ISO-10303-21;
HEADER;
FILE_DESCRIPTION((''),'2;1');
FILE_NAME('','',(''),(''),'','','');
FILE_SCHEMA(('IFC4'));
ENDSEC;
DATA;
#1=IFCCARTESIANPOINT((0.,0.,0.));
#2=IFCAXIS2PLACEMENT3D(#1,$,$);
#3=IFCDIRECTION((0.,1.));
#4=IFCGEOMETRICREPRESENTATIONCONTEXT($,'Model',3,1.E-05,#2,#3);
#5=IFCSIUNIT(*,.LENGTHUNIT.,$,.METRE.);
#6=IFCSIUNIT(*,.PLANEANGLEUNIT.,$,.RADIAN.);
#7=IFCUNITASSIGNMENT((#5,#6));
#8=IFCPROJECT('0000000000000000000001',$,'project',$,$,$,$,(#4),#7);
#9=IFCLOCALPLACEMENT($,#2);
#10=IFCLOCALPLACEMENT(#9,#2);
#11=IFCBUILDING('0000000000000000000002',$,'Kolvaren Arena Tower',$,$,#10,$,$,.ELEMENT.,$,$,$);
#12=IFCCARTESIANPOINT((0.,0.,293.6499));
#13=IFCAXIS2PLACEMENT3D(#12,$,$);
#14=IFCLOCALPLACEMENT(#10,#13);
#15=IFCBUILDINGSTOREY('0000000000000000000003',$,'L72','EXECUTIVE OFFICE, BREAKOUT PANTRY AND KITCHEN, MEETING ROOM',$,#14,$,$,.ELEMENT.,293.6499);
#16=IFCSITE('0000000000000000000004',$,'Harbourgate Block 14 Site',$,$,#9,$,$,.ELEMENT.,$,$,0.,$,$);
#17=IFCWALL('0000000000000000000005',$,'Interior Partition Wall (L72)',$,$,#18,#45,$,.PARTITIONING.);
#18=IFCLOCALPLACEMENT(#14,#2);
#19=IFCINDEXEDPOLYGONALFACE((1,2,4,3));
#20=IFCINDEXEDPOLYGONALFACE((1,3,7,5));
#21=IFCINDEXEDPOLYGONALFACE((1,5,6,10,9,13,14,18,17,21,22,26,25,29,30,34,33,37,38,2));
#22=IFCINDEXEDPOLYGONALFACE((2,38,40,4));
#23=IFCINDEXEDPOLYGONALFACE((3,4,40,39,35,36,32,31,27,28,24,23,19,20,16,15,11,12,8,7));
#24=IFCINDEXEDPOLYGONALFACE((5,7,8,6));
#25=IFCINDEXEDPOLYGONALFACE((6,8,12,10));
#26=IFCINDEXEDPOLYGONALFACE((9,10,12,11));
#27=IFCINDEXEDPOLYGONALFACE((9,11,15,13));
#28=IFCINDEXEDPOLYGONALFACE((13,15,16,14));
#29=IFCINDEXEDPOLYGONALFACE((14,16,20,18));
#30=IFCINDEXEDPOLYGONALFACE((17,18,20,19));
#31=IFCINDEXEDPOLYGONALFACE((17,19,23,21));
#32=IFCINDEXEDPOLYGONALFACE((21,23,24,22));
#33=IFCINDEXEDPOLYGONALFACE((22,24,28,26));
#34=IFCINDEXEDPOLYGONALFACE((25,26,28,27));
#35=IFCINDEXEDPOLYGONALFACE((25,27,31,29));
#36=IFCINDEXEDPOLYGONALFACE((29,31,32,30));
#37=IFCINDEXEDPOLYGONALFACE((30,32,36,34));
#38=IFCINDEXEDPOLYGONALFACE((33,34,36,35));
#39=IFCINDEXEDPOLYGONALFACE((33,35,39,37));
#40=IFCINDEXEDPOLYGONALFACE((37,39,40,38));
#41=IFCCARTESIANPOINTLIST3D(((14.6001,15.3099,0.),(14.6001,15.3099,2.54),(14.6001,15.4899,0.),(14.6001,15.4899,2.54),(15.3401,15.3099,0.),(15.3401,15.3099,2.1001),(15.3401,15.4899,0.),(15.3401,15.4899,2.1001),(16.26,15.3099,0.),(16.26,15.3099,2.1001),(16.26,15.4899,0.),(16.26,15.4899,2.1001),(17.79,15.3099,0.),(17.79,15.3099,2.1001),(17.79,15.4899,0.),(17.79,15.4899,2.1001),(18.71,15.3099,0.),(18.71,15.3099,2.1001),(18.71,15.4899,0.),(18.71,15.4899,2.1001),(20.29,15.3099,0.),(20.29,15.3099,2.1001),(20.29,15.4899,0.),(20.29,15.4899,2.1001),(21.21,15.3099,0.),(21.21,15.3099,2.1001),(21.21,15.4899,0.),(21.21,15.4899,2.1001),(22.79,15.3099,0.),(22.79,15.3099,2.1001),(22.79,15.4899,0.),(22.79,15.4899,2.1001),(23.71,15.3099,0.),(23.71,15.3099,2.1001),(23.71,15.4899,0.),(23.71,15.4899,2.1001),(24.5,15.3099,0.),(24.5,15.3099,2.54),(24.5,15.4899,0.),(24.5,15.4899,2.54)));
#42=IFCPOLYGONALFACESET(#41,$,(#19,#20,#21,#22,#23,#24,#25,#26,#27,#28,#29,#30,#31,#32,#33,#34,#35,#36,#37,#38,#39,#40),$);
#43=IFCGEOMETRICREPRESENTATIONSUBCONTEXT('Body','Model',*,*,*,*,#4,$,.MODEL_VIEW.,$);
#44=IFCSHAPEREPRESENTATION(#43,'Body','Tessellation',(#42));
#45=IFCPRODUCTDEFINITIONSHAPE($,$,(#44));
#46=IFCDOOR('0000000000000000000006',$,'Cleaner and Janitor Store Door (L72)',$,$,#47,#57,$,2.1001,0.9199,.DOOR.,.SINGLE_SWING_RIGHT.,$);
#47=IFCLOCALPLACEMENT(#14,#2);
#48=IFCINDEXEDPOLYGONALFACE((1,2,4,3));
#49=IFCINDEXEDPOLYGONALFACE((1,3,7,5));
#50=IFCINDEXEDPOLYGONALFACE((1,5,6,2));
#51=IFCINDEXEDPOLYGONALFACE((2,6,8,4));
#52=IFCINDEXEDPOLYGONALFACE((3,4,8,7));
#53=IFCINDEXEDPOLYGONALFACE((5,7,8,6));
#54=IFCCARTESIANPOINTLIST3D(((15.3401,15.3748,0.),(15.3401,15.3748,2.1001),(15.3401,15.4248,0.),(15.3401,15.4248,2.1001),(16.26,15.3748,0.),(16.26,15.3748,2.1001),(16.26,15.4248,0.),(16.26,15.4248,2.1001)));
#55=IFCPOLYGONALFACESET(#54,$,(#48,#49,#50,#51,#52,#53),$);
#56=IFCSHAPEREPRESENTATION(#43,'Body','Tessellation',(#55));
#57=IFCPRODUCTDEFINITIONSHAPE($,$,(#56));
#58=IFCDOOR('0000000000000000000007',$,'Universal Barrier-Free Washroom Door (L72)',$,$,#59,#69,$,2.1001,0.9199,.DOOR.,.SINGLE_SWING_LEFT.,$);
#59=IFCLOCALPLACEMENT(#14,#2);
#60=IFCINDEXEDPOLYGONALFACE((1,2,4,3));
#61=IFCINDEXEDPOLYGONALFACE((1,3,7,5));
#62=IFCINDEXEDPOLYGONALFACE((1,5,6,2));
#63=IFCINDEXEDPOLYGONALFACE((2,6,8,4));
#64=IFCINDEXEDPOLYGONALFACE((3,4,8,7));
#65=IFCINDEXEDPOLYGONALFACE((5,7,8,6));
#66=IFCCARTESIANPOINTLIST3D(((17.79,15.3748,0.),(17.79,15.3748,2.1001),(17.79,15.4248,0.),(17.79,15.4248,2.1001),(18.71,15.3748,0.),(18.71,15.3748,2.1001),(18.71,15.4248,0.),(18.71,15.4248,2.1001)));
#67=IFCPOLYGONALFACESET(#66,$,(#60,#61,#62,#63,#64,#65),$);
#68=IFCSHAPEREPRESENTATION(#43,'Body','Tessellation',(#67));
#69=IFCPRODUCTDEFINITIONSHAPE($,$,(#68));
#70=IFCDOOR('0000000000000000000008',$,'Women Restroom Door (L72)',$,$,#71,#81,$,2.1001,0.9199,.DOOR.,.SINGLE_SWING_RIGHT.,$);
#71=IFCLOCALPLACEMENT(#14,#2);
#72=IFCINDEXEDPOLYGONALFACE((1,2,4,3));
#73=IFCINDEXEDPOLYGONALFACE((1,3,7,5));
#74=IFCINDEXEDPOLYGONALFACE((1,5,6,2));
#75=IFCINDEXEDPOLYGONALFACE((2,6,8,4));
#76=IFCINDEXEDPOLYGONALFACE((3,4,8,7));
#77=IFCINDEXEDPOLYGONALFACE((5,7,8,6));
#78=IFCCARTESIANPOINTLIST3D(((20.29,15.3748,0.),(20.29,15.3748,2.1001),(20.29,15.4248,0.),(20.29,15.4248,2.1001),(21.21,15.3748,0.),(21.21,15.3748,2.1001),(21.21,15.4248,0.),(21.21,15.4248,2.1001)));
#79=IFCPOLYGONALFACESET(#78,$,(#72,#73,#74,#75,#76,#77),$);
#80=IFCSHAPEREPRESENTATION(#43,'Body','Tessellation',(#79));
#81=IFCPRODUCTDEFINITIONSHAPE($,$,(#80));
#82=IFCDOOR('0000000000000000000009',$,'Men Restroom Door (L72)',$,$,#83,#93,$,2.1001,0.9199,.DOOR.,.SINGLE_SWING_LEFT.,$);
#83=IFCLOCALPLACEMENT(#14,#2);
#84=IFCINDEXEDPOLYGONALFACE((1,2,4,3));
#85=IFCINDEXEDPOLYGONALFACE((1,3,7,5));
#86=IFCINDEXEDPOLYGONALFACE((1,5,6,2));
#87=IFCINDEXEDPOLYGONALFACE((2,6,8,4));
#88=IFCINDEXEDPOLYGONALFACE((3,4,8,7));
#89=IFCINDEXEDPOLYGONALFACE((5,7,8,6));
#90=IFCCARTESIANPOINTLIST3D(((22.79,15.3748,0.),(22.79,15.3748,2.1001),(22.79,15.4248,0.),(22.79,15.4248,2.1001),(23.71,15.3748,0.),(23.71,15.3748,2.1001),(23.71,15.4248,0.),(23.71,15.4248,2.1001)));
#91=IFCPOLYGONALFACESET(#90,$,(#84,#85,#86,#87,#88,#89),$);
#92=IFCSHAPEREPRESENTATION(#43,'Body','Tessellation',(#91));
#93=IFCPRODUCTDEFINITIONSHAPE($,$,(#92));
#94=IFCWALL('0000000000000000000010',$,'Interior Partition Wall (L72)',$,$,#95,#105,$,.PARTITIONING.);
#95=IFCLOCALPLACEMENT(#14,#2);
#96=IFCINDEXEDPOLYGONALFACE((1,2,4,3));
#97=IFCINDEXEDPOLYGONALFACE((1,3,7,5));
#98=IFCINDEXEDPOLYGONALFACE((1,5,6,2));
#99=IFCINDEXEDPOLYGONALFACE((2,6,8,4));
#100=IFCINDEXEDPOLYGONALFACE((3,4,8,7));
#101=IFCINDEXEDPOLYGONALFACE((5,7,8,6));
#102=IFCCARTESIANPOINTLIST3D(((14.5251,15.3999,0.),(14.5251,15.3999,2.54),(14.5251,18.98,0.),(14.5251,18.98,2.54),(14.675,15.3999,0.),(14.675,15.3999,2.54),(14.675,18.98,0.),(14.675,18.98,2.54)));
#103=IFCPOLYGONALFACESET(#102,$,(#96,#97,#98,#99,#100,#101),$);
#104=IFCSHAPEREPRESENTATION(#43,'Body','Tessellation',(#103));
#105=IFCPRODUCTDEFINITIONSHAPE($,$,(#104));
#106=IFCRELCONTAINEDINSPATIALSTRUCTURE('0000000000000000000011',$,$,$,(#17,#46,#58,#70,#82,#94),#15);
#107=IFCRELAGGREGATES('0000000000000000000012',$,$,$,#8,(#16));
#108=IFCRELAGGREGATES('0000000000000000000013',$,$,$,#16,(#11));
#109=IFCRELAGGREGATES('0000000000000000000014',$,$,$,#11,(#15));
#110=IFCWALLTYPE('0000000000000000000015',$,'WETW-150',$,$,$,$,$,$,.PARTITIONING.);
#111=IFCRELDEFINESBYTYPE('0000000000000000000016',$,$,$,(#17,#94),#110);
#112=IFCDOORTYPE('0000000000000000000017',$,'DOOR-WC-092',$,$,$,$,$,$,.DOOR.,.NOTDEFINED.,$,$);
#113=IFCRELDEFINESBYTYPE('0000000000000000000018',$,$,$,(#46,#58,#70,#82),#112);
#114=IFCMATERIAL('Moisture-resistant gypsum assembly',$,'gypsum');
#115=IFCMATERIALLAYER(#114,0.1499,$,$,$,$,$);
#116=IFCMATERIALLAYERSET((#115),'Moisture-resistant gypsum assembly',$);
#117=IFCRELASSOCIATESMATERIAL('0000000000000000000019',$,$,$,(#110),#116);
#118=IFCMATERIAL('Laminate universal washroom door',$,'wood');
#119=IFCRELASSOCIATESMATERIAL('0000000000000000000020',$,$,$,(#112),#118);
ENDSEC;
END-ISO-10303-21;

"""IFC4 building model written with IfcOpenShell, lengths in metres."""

from ifc_helpers import new_model, si_unit, direction, frame, frame_2d, origin, place, context, subcontext, project, spatial, rectangle, extrude, material, layer, layer_set, type_object, element, fill, save


model = new_model("IFC4")

# Units and contexts
model_context = context("Model", 3, precision=1e-05, world=origin(), true_north=direction((0.0, 1.0)))
body_context = subcontext(model_context, "Body", "Model", "MODEL_VIEW")
ifc_project = project(units=[si_unit("LENGTHUNIT", "METRE"), si_unit("PLANEANGLEUNIT", "RADIAN")], contexts=[model_context])

# Site, building, storey
site_placement = place(None, origin())
site = spatial("IfcSite", under=ifc_project, at=site_placement, Name="Harbourgate Block 14 Site", CompositionType="ELEMENT", RefElevation=0.0)
building_placement = place(site_placement, origin())
building = spatial("IfcBuilding", under=site, at=building_placement, Name="Kolvaren Arena Tower", CompositionType="ELEMENT")
storey_placement = place(building_placement, frame((0.0, 0.0, 293.6499)))
storey = spatial("IfcBuildingStorey", under=building, at=storey_placement, Name="L72", Description="EXECUTIVE OFFICE, BREAKOUT PANTRY AND KITCHEN, MEETING ROOM", CompositionType="ELEMENT", Elevation=293.6499)

# Wall, openings, doors
ifc_material_1 = material(Name="Moisture-resistant gypsum assembly", Category="gypsum")
ifc_layer_1 = layer(ifc_material_1, 0.1499)
ifc_layer_set_1 = layer_set([ifc_layer_1], Name="Moisture-resistant gypsum assembly")
wall_type_1 = type_object("IfcWallType", Name="WETW-150", PredefinedType="PARTITIONING", material=ifc_layer_set_1)
wall_1_placement = place(storey_placement, frame((14.6001, 15.3999, 0.0), z_axis=(0.0, 0.0, 1.0), x_axis=(1.0, 0.0, 0.0)))
wall_1 = element("IfcWall", 1, at=wall_1_placement, inside=storey, type_object=wall_type_1, Name="Interior Partition Wall (L72)", PredefinedType="PARTITIONING", context=body_context, shape_type="SweptSolid", body=[
    extrude(rectangle(XDim=9.8999, YDim=0.1799, at=frame_2d((4.95, 0.0))), origin(), (0.0, 0.0, 1.0), 2.54),
])
opening_1_placement = place(wall_1_placement, frame((0.74, 0.0, 0.0)))
opening_1 = element("IfcOpeningElement", 2, at=opening_1_placement, cuts=wall_1, PredefinedType="OPENING", context=body_context, shape_type="SweptSolid", body=[
    extrude(rectangle(XDim=0.9199, YDim=2.1001, at=frame_2d((0.46, 1.05))), frame((0.0, 0.0999, 0.0), z_axis=(0.0, -1.0, 0.0), x_axis=(1.0, 0.0, 0.0)), (0.0, 0.0, 1.0), 0.2),
])
opening_2_placement = place(wall_1_placement, frame((3.1899, 0.0, 0.0)))
opening_2 = element("IfcOpeningElement", 3, at=opening_2_placement, cuts=wall_1, PredefinedType="OPENING", context=body_context, shape_type="SweptSolid", body=[
    extrude(rectangle(XDim=0.9199, YDim=2.1001, at=frame_2d((0.46, 1.05))), frame((0.0, 0.0999, 0.0), z_axis=(0.0, -1.0, 0.0), x_axis=(1.0, 0.0, 0.0)), (0.0, 0.0, 1.0), 0.2),
])
opening_3_placement = place(wall_1_placement, frame((5.6899, 0.0, 0.0)))
opening_3 = element("IfcOpeningElement", 4, at=opening_3_placement, cuts=wall_1, PredefinedType="OPENING", context=body_context, shape_type="SweptSolid", body=[
    extrude(rectangle(XDim=0.9199, YDim=2.1001, at=frame_2d((0.46, 1.05))), frame((0.0, 0.0999, 0.0), z_axis=(0.0, -1.0, 0.0), x_axis=(1.0, 0.0, 0.0)), (0.0, 0.0, 1.0), 0.2),
])
opening_4_placement = place(wall_1_placement, frame((8.1899, 0.0, 0.0)))
opening_4 = element("IfcOpeningElement", 5, at=opening_4_placement, cuts=wall_1, PredefinedType="OPENING", context=body_context, shape_type="SweptSolid", body=[
    extrude(rectangle(XDim=0.9199, YDim=2.1001, at=frame_2d((0.46, 1.05))), frame((0.0, 0.0999, 0.0), z_axis=(0.0, -1.0, 0.0), x_axis=(1.0, 0.0, 0.0)), (0.0, 0.0, 1.0), 0.2),
])
ifc_material_2 = material(Name="Laminate universal washroom door", Category="wood")
door_type_1 = type_object("IfcDoorType", Name="DOOR-WC-092", OperationType="NOTDEFINED", PredefinedType="DOOR", material=ifc_material_2)
door_1_placement = place(opening_1_placement, origin())
door_1 = element("IfcDoor", 6, at=door_1_placement, inside=storey, type_object=door_type_1, Name="Cleaner and Janitor Store Door (L72)", OperationType="SINGLE_SWING_RIGHT", OverallHeight=2.1001, OverallWidth=0.9199, PredefinedType="DOOR", context=body_context, shape_type="SweptSolid", body=[
    extrude(rectangle(XDim=0.9199, YDim=2.1001, at=frame_2d((0.46, 1.05))), frame((0.0, 0.0249, 0.0), z_axis=(0.0, -1.0, 0.0), x_axis=(1.0, 0.0, 0.0)), (0.0, 0.0, 1.0), 0.05),
])
fill(opening_1, door_1)
door_2_placement = place(opening_2_placement, origin())
door_2 = element("IfcDoor", 7, at=door_2_placement, inside=storey, type_object=door_type_1, Name="Universal Barrier-Free Washroom Door (L72)", OperationType="SINGLE_SWING_LEFT", OverallHeight=2.1001, OverallWidth=0.9199, PredefinedType="DOOR", context=body_context, shape_type="SweptSolid", body=[
    extrude(rectangle(XDim=0.9199, YDim=2.1001, at=frame_2d((0.46, 1.05))), frame((0.0, 0.0249, 0.0), z_axis=(0.0, -1.0, 0.0), x_axis=(1.0, 0.0, 0.0)), (0.0, 0.0, 1.0), 0.05),
])
fill(opening_2, door_2)
door_3_placement = place(opening_3_placement, origin())
door_3 = element("IfcDoor", 8, at=door_3_placement, inside=storey, type_object=door_type_1, Name="Women Restroom Door (L72)", OperationType="SINGLE_SWING_RIGHT", OverallHeight=2.1001, OverallWidth=0.9199, PredefinedType="DOOR", context=body_context, shape_type="SweptSolid", body=[
    extrude(rectangle(XDim=0.9199, YDim=2.1001, at=frame_2d((0.46, 1.05))), frame((0.0, 0.0249, 0.0), z_axis=(0.0, -1.0, 0.0), x_axis=(1.0, 0.0, 0.0)), (0.0, 0.0, 1.0), 0.05),
])
fill(opening_3, door_3)
door_4_placement = place(opening_4_placement, origin())
door_4 = element("IfcDoor", 9, at=door_4_placement, inside=storey, type_object=door_type_1, Name="Men Restroom Door (L72)", OperationType="SINGLE_SWING_LEFT", OverallHeight=2.1001, OverallWidth=0.9199, PredefinedType="DOOR", context=body_context, shape_type="SweptSolid", body=[
    extrude(rectangle(XDim=0.9199, YDim=2.1001, at=frame_2d((0.46, 1.05))), frame((0.0, 0.0249, 0.0), z_axis=(0.0, -1.0, 0.0), x_axis=(1.0, 0.0, 0.0)), (0.0, 0.0, 1.0), 0.05),
])
fill(opening_4, door_4)

# Wall
wall_2_placement = place(storey_placement, frame((14.6001, 15.3999, 0.0), z_axis=(0.0, 0.0, 1.0), x_axis=(0.0, 1.0, 0.0)))
element("IfcWall", 10, at=wall_2_placement, inside=storey, type_object=wall_type_1, Name="Interior Partition Wall (L72)", PredefinedType="PARTITIONING", context=body_context, shape_type="SweptSolid", body=[
    extrude(rectangle(XDim=3.5801, YDim=0.1499, at=frame_2d((1.79, 0.0))), origin(), (0.0, 0.0, 1.0), 2.54),
])

save(model, "model.ifc")
